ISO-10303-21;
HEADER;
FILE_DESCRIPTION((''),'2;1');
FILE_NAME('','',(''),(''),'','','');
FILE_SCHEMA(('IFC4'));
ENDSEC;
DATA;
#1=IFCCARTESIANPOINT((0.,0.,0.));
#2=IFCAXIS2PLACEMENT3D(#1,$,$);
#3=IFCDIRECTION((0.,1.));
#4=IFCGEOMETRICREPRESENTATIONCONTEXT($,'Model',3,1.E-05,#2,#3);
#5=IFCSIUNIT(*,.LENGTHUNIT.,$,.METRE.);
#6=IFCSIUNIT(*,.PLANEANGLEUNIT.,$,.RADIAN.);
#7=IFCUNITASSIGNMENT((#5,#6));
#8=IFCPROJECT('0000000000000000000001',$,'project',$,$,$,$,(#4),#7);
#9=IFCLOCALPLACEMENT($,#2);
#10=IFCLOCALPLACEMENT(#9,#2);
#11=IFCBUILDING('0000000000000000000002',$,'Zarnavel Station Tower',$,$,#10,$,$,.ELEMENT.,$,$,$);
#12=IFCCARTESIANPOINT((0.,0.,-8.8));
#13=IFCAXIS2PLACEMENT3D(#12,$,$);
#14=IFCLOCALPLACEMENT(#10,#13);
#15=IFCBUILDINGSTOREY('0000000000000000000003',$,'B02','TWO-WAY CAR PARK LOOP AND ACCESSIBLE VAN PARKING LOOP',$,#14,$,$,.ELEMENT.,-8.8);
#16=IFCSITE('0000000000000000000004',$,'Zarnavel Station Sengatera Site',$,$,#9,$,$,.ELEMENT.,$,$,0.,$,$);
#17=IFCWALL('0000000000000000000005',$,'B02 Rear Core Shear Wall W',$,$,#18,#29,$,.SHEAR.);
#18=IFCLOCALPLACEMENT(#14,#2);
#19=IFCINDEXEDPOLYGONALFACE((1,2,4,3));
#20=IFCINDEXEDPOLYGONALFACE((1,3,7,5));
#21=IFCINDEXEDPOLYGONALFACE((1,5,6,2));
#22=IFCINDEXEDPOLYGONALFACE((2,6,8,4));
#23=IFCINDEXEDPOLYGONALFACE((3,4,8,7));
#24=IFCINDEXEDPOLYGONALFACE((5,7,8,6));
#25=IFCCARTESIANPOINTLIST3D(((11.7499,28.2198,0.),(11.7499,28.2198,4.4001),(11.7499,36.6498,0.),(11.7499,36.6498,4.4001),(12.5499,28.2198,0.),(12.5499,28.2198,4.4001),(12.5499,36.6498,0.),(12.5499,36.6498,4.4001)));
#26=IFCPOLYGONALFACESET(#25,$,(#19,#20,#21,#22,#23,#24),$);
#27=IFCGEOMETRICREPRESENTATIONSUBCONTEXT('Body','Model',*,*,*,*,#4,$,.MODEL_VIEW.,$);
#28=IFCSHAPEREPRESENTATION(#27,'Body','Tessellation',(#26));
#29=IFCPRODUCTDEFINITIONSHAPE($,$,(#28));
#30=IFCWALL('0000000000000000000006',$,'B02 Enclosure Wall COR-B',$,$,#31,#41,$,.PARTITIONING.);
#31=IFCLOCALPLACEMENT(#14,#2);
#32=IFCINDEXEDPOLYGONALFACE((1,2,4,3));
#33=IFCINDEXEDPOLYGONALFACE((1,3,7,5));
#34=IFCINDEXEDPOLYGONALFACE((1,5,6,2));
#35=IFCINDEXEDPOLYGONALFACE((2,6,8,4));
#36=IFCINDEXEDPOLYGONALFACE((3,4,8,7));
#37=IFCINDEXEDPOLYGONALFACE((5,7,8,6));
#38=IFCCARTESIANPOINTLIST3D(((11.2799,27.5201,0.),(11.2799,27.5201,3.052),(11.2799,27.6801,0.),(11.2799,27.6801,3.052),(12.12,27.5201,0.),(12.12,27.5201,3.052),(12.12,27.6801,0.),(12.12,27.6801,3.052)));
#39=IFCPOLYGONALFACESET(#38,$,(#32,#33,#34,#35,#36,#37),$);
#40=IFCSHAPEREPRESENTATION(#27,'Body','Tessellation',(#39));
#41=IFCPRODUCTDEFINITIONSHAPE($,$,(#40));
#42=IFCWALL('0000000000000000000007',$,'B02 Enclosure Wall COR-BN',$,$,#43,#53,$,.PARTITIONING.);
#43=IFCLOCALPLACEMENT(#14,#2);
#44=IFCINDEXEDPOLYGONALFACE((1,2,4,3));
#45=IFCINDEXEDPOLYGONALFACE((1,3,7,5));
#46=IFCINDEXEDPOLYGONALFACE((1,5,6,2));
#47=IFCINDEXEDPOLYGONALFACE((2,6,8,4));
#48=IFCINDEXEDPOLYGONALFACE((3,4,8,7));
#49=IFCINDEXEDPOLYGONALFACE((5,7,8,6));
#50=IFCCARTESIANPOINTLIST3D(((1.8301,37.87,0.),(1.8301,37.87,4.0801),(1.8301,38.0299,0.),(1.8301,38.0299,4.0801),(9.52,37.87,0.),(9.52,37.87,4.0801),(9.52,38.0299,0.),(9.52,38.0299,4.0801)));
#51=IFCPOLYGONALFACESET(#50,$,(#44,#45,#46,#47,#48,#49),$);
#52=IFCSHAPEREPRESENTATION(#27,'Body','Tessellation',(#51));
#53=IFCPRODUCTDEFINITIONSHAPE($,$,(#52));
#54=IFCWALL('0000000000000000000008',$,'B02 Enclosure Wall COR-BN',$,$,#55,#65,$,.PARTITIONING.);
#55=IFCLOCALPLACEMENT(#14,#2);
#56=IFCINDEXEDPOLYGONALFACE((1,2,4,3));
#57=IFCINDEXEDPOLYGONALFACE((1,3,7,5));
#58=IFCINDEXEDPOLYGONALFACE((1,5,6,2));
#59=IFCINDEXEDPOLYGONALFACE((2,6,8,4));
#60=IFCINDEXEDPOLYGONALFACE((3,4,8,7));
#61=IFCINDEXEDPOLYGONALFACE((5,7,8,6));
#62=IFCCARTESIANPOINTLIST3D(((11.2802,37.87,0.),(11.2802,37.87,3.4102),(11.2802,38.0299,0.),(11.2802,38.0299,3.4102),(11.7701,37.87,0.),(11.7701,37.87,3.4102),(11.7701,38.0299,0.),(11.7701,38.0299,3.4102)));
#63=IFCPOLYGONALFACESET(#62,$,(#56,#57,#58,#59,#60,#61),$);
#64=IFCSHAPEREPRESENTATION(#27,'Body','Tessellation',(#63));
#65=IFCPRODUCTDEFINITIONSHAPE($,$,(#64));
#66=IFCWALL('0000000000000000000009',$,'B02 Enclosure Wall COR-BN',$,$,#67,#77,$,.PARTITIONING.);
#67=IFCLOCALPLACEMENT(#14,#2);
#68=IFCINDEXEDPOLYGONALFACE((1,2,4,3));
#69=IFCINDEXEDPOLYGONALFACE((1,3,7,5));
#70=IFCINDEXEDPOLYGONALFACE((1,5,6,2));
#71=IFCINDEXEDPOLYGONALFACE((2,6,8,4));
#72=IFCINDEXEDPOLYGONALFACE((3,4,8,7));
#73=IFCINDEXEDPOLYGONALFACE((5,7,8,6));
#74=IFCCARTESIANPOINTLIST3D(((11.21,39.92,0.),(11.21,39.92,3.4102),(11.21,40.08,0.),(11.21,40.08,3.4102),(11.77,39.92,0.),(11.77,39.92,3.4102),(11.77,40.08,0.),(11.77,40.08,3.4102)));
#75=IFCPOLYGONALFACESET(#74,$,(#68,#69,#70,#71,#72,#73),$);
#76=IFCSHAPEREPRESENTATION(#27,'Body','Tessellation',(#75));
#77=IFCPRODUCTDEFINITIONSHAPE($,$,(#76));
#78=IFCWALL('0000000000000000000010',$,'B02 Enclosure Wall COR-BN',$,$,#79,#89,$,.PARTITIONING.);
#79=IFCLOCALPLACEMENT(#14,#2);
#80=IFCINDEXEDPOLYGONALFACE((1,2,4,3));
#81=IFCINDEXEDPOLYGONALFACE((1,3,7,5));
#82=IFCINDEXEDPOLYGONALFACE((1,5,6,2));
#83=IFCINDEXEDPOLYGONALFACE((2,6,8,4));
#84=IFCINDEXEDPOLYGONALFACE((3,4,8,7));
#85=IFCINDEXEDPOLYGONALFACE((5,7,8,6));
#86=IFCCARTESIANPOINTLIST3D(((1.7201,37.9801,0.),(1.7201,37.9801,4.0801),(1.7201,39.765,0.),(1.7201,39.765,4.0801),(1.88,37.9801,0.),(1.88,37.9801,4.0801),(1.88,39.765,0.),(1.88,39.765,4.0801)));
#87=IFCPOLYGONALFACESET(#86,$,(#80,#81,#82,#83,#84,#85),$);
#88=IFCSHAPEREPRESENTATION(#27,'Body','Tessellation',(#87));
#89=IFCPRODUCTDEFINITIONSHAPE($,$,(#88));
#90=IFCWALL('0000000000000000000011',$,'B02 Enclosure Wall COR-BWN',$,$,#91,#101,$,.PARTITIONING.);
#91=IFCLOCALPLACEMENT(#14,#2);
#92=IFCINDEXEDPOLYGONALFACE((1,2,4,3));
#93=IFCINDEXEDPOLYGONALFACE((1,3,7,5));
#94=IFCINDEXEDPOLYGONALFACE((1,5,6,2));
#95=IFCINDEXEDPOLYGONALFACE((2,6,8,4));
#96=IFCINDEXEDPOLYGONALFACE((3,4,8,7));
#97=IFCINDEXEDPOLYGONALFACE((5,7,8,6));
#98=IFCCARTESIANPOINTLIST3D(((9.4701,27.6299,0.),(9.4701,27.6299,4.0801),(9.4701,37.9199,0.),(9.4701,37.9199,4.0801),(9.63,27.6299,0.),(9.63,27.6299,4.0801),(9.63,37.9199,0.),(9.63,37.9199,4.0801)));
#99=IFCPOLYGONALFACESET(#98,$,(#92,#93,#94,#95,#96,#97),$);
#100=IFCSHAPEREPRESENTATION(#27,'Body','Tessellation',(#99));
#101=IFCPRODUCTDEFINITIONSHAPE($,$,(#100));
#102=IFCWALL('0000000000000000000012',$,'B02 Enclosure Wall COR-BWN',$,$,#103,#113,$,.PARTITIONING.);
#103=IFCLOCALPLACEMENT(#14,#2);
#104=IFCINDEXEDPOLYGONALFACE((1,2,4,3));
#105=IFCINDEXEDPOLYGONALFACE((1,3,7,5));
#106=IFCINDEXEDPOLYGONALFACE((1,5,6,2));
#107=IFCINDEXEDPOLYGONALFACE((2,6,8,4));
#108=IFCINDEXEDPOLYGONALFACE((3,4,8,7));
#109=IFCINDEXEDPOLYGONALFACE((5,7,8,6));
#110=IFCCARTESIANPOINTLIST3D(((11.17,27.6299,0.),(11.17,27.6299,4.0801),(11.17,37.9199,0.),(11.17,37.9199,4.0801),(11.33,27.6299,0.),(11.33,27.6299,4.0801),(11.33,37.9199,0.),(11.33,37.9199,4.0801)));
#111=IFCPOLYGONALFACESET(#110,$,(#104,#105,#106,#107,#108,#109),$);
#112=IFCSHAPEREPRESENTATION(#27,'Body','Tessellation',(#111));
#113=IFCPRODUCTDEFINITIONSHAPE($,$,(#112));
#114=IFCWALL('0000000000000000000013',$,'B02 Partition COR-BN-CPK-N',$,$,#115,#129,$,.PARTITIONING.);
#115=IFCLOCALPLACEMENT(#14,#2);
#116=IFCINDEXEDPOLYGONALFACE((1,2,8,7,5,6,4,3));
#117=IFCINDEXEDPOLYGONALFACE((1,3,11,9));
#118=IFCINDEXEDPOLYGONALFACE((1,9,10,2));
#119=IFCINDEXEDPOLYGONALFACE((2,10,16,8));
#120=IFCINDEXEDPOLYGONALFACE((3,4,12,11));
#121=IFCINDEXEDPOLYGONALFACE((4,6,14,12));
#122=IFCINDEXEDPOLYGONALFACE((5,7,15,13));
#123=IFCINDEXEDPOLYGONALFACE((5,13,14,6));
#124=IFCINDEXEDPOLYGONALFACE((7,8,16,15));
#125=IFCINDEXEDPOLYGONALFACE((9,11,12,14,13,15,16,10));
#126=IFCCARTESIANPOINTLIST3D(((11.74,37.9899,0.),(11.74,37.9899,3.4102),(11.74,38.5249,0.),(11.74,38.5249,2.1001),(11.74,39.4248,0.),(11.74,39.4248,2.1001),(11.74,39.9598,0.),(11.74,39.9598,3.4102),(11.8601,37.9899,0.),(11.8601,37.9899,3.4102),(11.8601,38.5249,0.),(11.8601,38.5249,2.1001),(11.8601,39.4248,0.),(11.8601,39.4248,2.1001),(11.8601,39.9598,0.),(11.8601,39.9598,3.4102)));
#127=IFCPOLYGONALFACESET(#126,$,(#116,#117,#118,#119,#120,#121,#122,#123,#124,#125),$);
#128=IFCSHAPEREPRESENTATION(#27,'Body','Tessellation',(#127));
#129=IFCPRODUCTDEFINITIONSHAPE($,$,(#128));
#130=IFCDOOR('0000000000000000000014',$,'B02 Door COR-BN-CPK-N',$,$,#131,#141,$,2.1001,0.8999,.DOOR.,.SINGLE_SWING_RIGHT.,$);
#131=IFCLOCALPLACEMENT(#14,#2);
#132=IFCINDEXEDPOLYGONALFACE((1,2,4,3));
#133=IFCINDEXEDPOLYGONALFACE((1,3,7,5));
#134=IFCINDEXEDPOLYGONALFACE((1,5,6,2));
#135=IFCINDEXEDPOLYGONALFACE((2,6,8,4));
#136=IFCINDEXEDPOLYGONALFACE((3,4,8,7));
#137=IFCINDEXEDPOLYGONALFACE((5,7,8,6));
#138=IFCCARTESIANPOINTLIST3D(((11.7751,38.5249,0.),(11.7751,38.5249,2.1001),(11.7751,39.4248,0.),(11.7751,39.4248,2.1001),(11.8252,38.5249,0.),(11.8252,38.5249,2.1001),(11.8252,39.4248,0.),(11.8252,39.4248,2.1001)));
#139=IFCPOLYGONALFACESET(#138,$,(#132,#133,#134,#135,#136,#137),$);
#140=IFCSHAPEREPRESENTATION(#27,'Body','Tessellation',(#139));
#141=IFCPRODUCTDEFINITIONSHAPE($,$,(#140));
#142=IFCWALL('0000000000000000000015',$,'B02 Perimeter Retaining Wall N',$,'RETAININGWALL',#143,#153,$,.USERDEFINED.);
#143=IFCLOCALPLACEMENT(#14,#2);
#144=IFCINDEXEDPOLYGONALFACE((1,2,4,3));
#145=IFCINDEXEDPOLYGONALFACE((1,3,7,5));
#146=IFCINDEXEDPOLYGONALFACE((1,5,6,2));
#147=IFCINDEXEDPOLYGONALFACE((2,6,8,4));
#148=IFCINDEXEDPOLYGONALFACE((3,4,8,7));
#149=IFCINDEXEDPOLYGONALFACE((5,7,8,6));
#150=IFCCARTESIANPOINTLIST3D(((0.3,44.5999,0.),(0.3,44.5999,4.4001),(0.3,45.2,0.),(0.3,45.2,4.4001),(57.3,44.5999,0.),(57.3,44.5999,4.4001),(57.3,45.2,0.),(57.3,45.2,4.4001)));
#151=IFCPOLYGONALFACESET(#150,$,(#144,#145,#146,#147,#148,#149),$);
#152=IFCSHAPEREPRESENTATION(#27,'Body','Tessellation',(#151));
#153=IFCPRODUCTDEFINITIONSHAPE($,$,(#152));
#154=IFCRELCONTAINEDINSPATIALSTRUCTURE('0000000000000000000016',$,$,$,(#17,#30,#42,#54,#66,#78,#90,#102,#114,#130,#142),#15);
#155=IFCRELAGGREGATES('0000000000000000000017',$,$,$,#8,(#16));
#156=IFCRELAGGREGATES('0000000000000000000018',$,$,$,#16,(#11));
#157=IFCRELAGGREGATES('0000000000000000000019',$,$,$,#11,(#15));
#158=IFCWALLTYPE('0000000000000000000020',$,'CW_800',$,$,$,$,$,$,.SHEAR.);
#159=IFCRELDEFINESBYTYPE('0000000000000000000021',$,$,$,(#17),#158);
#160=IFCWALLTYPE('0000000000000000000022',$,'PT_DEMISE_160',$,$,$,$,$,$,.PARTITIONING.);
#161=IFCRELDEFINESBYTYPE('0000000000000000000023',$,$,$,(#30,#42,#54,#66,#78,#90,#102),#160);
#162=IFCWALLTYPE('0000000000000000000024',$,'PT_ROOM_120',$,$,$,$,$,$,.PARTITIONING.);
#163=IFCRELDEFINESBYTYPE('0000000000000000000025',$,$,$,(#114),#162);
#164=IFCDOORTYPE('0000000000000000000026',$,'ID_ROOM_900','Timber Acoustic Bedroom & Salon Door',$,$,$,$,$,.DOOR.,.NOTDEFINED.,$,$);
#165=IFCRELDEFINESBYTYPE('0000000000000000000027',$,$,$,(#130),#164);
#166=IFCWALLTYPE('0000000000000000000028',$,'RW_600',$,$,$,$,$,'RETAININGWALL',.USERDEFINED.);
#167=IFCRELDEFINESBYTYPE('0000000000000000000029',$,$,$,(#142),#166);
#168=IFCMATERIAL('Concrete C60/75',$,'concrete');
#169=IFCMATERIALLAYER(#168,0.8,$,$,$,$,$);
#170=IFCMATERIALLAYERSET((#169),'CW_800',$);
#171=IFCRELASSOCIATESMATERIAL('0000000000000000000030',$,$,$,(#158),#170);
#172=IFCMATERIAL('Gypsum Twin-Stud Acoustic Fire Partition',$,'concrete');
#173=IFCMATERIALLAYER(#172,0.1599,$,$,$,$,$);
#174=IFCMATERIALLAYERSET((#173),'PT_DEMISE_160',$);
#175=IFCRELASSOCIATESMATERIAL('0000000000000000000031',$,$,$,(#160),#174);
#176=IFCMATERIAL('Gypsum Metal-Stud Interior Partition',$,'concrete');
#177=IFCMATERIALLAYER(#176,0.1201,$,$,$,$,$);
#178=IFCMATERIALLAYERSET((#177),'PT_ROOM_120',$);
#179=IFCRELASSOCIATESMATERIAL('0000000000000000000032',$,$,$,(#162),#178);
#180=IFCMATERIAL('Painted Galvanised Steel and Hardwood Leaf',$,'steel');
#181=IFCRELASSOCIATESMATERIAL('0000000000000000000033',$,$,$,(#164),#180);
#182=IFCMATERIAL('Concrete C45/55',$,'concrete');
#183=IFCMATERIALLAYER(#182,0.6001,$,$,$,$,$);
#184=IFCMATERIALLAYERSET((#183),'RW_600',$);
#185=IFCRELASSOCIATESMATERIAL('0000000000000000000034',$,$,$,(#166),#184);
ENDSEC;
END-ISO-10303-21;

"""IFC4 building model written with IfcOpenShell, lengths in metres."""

from ifc_helpers import new_model, si_unit, direction, frame, frame_2d, origin, place, context, subcontext, project, spatial, rectangle, extrude, material, layer, layer_set, type_object, element, fill, save


model = new_model("IFC4")

# Units and contexts
model_context = context("Model", 3, precision=1e-05, world=origin(), true_north=direction((0.0, 1.0)))
body_context = subcontext(model_context, "Body", "Model", "MODEL_VIEW")
ifc_project = project(units=[si_unit("LENGTHUNIT", "METRE"), si_unit("PLANEANGLEUNIT", "RADIAN")], contexts=[model_context])

# Site, building, storey
site_placement = place(None, origin())
site = spatial("IfcSite", under=ifc_project, at=site_placement, Name="Zarnavel Station Sengatera Site", CompositionType="ELEMENT", RefElevation=0.0)
building_placement = place(site_placement, origin())
building = spatial("IfcBuilding", under=site, at=building_placement, Name="Zarnavel Station Tower", CompositionType="ELEMENT")
storey_placement = place(building_placement, frame((0.0, 0.0, -8.8)))
storey = spatial("IfcBuildingStorey", under=building, at=storey_placement, Name="B02", Description="TWO-WAY CAR PARK LOOP AND ACCESSIBLE VAN PARKING LOOP", CompositionType="ELEMENT", Elevation=-8.8)

# Walls
ifc_material_1 = material(Name="Concrete C60/75", Category="concrete")
ifc_layer_1 = layer(ifc_material_1, 0.8)
ifc_layer_set_1 = layer_set([ifc_layer_1], Name="CW_800")
wall_type_1 = type_object("IfcWallType", Name="CW_800", PredefinedType="SHEAR", material=ifc_layer_set_1)
wall_1_placement = place(storey_placement, frame((12.1499, 28.22, 0.0), z_axis=(0.0, 0.0, 1.0), x_axis=(0.0, 1.0, 0.0)))
element("IfcWall", 1, at=wall_1_placement, inside=storey, type_object=wall_type_1, Name="B02 Rear Core Shear Wall W", PredefinedType="SHEAR", context=body_context, shape_type="SweptSolid", body=[
    extrude(rectangle(XDim=8.4299, YDim=0.8, at=frame_2d((4.2148, 0.0))), origin(), (0.0, 0.0, 1.0), 4.4001),
])
ifc_material_2 = material(Name="Gypsum Twin-Stud Acoustic Fire Partition", Category="concrete")
ifc_layer_2 = layer(ifc_material_2, 0.1599)
ifc_layer_set_2 = layer_set([ifc_layer_2], Name="PT_DEMISE_160")
wall_type_2 = type_object("IfcWallType", Name="PT_DEMISE_160", PredefinedType="PARTITIONING", material=ifc_layer_set_2)
wall_2_placement = place(storey_placement, frame((11.28, 27.6001, 0.0), z_axis=(0.0, 0.0, 1.0), x_axis=(1.0, 0.0, 0.0)))
element("IfcWall", 2, at=wall_2_placement, inside=storey, type_object=wall_type_2, Name="B02 Enclosure Wall COR-B", PredefinedType="PARTITIONING", context=body_context, shape_type="SweptSolid", body=[
    extrude(rectangle(XDim=0.8401, YDim=0.1599, at=frame_2d((0.4199, 0.0))), origin(), (0.0, 0.0, 1.0), 3.052),
])
wall_3_placement = place(storey_placement, frame((1.8301, 37.95, 0.0), z_axis=(0.0, 0.0, 1.0), x_axis=(1.0, 0.0, 0.0)))
element("IfcWall", 3, at=wall_3_placement, inside=storey, type_object=wall_type_2, Name="B02 Enclosure Wall COR-BN", PredefinedType="PARTITIONING", context=body_context, shape_type="SweptSolid", body=[
    extrude(rectangle(XDim=7.6899, YDim=0.1599, at=frame_2d((3.845, 0.0))), origin(), (0.0, 0.0, 1.0), 4.0801),
])
wall_4_placement = place(storey_placement, frame((11.28, 37.95, 0.0), z_axis=(0.0, 0.0, 1.0), x_axis=(1.0, 0.0, 0.0)))
element("IfcWall", 4, at=wall_4_placement, inside=storey, type_object=wall_type_2, Name="B02 Enclosure Wall COR-BN", PredefinedType="PARTITIONING", context=body_context, shape_type="SweptSolid", body=[
    extrude(rectangle(XDim=0.49, YDim=0.1599, at=frame_2d((0.2451, 0.0))), origin(), (0.0, 0.0, 1.0), 3.4102),
])
wall_5_placement = place(storey_placement, frame((11.21, 40.0, 0.0), z_axis=(0.0, 0.0, 1.0), x_axis=(1.0, 0.0, 0.0)))
element("IfcWall", 5, at=wall_5_placement, inside=storey, type_object=wall_type_2, Name="B02 Enclosure Wall COR-BN", PredefinedType="PARTITIONING", context=body_context, shape_type="SweptSolid", body=[
    extrude(rectangle(XDim=0.5601, YDim=0.1599, at=frame_2d((0.28, 0.0))), origin(), (0.0, 0.0, 1.0), 3.4102),
])
wall_6_placement = place(storey_placement, frame((1.8, 37.98, 0.0), z_axis=(0.0, 0.0, 1.0), x_axis=(0.0, 1.0, 0.0)))
element("IfcWall", 6, at=wall_6_placement, inside=storey, type_object=wall_type_2, Name="B02 Enclosure Wall COR-BN", PredefinedType="PARTITIONING", context=body_context, shape_type="SweptSolid", body=[
    extrude(rectangle(XDim=1.7849, YDim=0.1599, at=frame_2d((0.8926, 0.0))), origin(), (0.0, 0.0, 1.0), 4.0801),
])
for number, where, z_axis, x_axis, name in (
    (7, (9.55, 27.6299, 0.0), (0.0, 0.0, 1.0), (0.0, 1.0, 0.0), "B02 Enclosure Wall COR-BWN"),
    (8, (11.25, 27.6299, 0.0), (0.0, 0.0, 1.0), (0.0, 1.0, 0.0), "B02 Enclosure Wall COR-BWN"),
):
    element("IfcWall", number, at=place(storey_placement, frame(where, z_axis=z_axis, x_axis=x_axis)), inside=storey, type_object=wall_type_2, Name=name, PredefinedType="PARTITIONING", context=body_context, shape_type="SweptSolid", body=[
        extrude(rectangle(XDim=10.29, YDim=0.1599, at=frame_2d((5.145, 0.0))), origin(), (0.0, 0.0, 1.0), 4.0801),
    ])

# Wall, opening, door
ifc_material_3 = material(Name="Gypsum Metal-Stud Interior Partition", Category="concrete")
ifc_layer_3 = layer(ifc_material_3, 0.1201)
ifc_layer_set_3 = layer_set([ifc_layer_3], Name="PT_ROOM_120")
wall_type_3 = type_object("IfcWallType", Name="PT_ROOM_120", PredefinedType="PARTITIONING", material=ifc_layer_set_3)
wall_7_placement = place(storey_placement, frame((11.8, 37.99, 0.0), z_axis=(0.0, 0.0, 1.0), x_axis=(0.0, 1.0, 0.0)))
wall_7 = element("IfcWall", 9, at=wall_7_placement, inside=storey, type_object=wall_type_3, Name="B02 Partition COR-BN-CPK-N", PredefinedType="PARTITIONING", context=body_context, shape_type="SweptSolid", body=[
    extrude(rectangle(XDim=1.97, YDim=0.1201, at=frame_2d((0.9849, 0.0))), origin(), (0.0, 0.0, 1.0), 3.4102),
])
opening_1_placement = place(wall_7_placement, frame((0.5349, 0.0, 0.0)))
opening_1 = element("IfcOpeningElement", 10, at=opening_1_placement, cuts=wall_7, PredefinedType="OPENING", context=body_context, shape_type="SweptSolid", body=[
    extrude(rectangle(XDim=0.8999, YDim=2.1001, at=frame_2d((0.45, 1.05))), frame((0.0, 0.0701, 0.0), z_axis=(0.0, -1.0, 0.0), x_axis=(1.0, 0.0, 0.0)), (0.0, 0.0, 1.0), 0.1401),
])
ifc_material_4 = material(Name="Painted Galvanised Steel and Hardwood Leaf", Category="steel")
door_type_1 = type_object("IfcDoorType", Name="ID_ROOM_900", Description="Timber Acoustic Bedroom & Salon Door", OperationType="NOTDEFINED", PredefinedType="DOOR", material=ifc_material_4)
door_1_placement = place(opening_1_placement, origin())
door_1 = element("IfcDoor", 11, at=door_1_placement, inside=storey, type_object=door_type_1, Name="B02 Door COR-BN-CPK-N", OperationType="SINGLE_SWING_RIGHT", OverallHeight=2.1001, OverallWidth=0.8999, PredefinedType="DOOR", context=body_context, shape_type="SweptSolid", body=[
    extrude(rectangle(XDim=0.8999, YDim=2.1001, at=frame_2d((0.45, 1.05))), frame((0.0, 0.0249, 0.0), z_axis=(0.0, -1.0, 0.0), x_axis=(1.0, 0.0, 0.0)), (0.0, 0.0, 1.0), 0.05),
])
fill(opening_1, door_1)

# Wall
ifc_material_5 = material(Name="Concrete C45/55", Category="concrete")
ifc_layer_4 = layer(ifc_material_5, 0.6001)
ifc_layer_set_4 = layer_set([ifc_layer_4], Name="RW_600")
wall_type_4 = type_object("IfcWallType", Name="RW_600", ElementType="RETAININGWALL", PredefinedType="USERDEFINED", material=ifc_layer_set_4)
wall_8_placement = place(storey_placement, frame((0.3, 44.8999, 0.0), z_axis=(0.0, 0.0, 1.0), x_axis=(1.0, 0.0, 0.0)))
element("IfcWall", 12, at=wall_8_placement, inside=storey, type_object=wall_type_4, Name="B02 Perimeter Retaining Wall N", ObjectType="RETAININGWALL", PredefinedType="USERDEFINED", context=body_context, shape_type="SweptSolid", body=[
    extrude(rectangle(XDim=57.0, YDim=0.6001, at=frame_2d((28.5, 0.0))), origin(), (0.0, 0.0, 1.0), 4.4001),
])

save(model, "model.ifc")
